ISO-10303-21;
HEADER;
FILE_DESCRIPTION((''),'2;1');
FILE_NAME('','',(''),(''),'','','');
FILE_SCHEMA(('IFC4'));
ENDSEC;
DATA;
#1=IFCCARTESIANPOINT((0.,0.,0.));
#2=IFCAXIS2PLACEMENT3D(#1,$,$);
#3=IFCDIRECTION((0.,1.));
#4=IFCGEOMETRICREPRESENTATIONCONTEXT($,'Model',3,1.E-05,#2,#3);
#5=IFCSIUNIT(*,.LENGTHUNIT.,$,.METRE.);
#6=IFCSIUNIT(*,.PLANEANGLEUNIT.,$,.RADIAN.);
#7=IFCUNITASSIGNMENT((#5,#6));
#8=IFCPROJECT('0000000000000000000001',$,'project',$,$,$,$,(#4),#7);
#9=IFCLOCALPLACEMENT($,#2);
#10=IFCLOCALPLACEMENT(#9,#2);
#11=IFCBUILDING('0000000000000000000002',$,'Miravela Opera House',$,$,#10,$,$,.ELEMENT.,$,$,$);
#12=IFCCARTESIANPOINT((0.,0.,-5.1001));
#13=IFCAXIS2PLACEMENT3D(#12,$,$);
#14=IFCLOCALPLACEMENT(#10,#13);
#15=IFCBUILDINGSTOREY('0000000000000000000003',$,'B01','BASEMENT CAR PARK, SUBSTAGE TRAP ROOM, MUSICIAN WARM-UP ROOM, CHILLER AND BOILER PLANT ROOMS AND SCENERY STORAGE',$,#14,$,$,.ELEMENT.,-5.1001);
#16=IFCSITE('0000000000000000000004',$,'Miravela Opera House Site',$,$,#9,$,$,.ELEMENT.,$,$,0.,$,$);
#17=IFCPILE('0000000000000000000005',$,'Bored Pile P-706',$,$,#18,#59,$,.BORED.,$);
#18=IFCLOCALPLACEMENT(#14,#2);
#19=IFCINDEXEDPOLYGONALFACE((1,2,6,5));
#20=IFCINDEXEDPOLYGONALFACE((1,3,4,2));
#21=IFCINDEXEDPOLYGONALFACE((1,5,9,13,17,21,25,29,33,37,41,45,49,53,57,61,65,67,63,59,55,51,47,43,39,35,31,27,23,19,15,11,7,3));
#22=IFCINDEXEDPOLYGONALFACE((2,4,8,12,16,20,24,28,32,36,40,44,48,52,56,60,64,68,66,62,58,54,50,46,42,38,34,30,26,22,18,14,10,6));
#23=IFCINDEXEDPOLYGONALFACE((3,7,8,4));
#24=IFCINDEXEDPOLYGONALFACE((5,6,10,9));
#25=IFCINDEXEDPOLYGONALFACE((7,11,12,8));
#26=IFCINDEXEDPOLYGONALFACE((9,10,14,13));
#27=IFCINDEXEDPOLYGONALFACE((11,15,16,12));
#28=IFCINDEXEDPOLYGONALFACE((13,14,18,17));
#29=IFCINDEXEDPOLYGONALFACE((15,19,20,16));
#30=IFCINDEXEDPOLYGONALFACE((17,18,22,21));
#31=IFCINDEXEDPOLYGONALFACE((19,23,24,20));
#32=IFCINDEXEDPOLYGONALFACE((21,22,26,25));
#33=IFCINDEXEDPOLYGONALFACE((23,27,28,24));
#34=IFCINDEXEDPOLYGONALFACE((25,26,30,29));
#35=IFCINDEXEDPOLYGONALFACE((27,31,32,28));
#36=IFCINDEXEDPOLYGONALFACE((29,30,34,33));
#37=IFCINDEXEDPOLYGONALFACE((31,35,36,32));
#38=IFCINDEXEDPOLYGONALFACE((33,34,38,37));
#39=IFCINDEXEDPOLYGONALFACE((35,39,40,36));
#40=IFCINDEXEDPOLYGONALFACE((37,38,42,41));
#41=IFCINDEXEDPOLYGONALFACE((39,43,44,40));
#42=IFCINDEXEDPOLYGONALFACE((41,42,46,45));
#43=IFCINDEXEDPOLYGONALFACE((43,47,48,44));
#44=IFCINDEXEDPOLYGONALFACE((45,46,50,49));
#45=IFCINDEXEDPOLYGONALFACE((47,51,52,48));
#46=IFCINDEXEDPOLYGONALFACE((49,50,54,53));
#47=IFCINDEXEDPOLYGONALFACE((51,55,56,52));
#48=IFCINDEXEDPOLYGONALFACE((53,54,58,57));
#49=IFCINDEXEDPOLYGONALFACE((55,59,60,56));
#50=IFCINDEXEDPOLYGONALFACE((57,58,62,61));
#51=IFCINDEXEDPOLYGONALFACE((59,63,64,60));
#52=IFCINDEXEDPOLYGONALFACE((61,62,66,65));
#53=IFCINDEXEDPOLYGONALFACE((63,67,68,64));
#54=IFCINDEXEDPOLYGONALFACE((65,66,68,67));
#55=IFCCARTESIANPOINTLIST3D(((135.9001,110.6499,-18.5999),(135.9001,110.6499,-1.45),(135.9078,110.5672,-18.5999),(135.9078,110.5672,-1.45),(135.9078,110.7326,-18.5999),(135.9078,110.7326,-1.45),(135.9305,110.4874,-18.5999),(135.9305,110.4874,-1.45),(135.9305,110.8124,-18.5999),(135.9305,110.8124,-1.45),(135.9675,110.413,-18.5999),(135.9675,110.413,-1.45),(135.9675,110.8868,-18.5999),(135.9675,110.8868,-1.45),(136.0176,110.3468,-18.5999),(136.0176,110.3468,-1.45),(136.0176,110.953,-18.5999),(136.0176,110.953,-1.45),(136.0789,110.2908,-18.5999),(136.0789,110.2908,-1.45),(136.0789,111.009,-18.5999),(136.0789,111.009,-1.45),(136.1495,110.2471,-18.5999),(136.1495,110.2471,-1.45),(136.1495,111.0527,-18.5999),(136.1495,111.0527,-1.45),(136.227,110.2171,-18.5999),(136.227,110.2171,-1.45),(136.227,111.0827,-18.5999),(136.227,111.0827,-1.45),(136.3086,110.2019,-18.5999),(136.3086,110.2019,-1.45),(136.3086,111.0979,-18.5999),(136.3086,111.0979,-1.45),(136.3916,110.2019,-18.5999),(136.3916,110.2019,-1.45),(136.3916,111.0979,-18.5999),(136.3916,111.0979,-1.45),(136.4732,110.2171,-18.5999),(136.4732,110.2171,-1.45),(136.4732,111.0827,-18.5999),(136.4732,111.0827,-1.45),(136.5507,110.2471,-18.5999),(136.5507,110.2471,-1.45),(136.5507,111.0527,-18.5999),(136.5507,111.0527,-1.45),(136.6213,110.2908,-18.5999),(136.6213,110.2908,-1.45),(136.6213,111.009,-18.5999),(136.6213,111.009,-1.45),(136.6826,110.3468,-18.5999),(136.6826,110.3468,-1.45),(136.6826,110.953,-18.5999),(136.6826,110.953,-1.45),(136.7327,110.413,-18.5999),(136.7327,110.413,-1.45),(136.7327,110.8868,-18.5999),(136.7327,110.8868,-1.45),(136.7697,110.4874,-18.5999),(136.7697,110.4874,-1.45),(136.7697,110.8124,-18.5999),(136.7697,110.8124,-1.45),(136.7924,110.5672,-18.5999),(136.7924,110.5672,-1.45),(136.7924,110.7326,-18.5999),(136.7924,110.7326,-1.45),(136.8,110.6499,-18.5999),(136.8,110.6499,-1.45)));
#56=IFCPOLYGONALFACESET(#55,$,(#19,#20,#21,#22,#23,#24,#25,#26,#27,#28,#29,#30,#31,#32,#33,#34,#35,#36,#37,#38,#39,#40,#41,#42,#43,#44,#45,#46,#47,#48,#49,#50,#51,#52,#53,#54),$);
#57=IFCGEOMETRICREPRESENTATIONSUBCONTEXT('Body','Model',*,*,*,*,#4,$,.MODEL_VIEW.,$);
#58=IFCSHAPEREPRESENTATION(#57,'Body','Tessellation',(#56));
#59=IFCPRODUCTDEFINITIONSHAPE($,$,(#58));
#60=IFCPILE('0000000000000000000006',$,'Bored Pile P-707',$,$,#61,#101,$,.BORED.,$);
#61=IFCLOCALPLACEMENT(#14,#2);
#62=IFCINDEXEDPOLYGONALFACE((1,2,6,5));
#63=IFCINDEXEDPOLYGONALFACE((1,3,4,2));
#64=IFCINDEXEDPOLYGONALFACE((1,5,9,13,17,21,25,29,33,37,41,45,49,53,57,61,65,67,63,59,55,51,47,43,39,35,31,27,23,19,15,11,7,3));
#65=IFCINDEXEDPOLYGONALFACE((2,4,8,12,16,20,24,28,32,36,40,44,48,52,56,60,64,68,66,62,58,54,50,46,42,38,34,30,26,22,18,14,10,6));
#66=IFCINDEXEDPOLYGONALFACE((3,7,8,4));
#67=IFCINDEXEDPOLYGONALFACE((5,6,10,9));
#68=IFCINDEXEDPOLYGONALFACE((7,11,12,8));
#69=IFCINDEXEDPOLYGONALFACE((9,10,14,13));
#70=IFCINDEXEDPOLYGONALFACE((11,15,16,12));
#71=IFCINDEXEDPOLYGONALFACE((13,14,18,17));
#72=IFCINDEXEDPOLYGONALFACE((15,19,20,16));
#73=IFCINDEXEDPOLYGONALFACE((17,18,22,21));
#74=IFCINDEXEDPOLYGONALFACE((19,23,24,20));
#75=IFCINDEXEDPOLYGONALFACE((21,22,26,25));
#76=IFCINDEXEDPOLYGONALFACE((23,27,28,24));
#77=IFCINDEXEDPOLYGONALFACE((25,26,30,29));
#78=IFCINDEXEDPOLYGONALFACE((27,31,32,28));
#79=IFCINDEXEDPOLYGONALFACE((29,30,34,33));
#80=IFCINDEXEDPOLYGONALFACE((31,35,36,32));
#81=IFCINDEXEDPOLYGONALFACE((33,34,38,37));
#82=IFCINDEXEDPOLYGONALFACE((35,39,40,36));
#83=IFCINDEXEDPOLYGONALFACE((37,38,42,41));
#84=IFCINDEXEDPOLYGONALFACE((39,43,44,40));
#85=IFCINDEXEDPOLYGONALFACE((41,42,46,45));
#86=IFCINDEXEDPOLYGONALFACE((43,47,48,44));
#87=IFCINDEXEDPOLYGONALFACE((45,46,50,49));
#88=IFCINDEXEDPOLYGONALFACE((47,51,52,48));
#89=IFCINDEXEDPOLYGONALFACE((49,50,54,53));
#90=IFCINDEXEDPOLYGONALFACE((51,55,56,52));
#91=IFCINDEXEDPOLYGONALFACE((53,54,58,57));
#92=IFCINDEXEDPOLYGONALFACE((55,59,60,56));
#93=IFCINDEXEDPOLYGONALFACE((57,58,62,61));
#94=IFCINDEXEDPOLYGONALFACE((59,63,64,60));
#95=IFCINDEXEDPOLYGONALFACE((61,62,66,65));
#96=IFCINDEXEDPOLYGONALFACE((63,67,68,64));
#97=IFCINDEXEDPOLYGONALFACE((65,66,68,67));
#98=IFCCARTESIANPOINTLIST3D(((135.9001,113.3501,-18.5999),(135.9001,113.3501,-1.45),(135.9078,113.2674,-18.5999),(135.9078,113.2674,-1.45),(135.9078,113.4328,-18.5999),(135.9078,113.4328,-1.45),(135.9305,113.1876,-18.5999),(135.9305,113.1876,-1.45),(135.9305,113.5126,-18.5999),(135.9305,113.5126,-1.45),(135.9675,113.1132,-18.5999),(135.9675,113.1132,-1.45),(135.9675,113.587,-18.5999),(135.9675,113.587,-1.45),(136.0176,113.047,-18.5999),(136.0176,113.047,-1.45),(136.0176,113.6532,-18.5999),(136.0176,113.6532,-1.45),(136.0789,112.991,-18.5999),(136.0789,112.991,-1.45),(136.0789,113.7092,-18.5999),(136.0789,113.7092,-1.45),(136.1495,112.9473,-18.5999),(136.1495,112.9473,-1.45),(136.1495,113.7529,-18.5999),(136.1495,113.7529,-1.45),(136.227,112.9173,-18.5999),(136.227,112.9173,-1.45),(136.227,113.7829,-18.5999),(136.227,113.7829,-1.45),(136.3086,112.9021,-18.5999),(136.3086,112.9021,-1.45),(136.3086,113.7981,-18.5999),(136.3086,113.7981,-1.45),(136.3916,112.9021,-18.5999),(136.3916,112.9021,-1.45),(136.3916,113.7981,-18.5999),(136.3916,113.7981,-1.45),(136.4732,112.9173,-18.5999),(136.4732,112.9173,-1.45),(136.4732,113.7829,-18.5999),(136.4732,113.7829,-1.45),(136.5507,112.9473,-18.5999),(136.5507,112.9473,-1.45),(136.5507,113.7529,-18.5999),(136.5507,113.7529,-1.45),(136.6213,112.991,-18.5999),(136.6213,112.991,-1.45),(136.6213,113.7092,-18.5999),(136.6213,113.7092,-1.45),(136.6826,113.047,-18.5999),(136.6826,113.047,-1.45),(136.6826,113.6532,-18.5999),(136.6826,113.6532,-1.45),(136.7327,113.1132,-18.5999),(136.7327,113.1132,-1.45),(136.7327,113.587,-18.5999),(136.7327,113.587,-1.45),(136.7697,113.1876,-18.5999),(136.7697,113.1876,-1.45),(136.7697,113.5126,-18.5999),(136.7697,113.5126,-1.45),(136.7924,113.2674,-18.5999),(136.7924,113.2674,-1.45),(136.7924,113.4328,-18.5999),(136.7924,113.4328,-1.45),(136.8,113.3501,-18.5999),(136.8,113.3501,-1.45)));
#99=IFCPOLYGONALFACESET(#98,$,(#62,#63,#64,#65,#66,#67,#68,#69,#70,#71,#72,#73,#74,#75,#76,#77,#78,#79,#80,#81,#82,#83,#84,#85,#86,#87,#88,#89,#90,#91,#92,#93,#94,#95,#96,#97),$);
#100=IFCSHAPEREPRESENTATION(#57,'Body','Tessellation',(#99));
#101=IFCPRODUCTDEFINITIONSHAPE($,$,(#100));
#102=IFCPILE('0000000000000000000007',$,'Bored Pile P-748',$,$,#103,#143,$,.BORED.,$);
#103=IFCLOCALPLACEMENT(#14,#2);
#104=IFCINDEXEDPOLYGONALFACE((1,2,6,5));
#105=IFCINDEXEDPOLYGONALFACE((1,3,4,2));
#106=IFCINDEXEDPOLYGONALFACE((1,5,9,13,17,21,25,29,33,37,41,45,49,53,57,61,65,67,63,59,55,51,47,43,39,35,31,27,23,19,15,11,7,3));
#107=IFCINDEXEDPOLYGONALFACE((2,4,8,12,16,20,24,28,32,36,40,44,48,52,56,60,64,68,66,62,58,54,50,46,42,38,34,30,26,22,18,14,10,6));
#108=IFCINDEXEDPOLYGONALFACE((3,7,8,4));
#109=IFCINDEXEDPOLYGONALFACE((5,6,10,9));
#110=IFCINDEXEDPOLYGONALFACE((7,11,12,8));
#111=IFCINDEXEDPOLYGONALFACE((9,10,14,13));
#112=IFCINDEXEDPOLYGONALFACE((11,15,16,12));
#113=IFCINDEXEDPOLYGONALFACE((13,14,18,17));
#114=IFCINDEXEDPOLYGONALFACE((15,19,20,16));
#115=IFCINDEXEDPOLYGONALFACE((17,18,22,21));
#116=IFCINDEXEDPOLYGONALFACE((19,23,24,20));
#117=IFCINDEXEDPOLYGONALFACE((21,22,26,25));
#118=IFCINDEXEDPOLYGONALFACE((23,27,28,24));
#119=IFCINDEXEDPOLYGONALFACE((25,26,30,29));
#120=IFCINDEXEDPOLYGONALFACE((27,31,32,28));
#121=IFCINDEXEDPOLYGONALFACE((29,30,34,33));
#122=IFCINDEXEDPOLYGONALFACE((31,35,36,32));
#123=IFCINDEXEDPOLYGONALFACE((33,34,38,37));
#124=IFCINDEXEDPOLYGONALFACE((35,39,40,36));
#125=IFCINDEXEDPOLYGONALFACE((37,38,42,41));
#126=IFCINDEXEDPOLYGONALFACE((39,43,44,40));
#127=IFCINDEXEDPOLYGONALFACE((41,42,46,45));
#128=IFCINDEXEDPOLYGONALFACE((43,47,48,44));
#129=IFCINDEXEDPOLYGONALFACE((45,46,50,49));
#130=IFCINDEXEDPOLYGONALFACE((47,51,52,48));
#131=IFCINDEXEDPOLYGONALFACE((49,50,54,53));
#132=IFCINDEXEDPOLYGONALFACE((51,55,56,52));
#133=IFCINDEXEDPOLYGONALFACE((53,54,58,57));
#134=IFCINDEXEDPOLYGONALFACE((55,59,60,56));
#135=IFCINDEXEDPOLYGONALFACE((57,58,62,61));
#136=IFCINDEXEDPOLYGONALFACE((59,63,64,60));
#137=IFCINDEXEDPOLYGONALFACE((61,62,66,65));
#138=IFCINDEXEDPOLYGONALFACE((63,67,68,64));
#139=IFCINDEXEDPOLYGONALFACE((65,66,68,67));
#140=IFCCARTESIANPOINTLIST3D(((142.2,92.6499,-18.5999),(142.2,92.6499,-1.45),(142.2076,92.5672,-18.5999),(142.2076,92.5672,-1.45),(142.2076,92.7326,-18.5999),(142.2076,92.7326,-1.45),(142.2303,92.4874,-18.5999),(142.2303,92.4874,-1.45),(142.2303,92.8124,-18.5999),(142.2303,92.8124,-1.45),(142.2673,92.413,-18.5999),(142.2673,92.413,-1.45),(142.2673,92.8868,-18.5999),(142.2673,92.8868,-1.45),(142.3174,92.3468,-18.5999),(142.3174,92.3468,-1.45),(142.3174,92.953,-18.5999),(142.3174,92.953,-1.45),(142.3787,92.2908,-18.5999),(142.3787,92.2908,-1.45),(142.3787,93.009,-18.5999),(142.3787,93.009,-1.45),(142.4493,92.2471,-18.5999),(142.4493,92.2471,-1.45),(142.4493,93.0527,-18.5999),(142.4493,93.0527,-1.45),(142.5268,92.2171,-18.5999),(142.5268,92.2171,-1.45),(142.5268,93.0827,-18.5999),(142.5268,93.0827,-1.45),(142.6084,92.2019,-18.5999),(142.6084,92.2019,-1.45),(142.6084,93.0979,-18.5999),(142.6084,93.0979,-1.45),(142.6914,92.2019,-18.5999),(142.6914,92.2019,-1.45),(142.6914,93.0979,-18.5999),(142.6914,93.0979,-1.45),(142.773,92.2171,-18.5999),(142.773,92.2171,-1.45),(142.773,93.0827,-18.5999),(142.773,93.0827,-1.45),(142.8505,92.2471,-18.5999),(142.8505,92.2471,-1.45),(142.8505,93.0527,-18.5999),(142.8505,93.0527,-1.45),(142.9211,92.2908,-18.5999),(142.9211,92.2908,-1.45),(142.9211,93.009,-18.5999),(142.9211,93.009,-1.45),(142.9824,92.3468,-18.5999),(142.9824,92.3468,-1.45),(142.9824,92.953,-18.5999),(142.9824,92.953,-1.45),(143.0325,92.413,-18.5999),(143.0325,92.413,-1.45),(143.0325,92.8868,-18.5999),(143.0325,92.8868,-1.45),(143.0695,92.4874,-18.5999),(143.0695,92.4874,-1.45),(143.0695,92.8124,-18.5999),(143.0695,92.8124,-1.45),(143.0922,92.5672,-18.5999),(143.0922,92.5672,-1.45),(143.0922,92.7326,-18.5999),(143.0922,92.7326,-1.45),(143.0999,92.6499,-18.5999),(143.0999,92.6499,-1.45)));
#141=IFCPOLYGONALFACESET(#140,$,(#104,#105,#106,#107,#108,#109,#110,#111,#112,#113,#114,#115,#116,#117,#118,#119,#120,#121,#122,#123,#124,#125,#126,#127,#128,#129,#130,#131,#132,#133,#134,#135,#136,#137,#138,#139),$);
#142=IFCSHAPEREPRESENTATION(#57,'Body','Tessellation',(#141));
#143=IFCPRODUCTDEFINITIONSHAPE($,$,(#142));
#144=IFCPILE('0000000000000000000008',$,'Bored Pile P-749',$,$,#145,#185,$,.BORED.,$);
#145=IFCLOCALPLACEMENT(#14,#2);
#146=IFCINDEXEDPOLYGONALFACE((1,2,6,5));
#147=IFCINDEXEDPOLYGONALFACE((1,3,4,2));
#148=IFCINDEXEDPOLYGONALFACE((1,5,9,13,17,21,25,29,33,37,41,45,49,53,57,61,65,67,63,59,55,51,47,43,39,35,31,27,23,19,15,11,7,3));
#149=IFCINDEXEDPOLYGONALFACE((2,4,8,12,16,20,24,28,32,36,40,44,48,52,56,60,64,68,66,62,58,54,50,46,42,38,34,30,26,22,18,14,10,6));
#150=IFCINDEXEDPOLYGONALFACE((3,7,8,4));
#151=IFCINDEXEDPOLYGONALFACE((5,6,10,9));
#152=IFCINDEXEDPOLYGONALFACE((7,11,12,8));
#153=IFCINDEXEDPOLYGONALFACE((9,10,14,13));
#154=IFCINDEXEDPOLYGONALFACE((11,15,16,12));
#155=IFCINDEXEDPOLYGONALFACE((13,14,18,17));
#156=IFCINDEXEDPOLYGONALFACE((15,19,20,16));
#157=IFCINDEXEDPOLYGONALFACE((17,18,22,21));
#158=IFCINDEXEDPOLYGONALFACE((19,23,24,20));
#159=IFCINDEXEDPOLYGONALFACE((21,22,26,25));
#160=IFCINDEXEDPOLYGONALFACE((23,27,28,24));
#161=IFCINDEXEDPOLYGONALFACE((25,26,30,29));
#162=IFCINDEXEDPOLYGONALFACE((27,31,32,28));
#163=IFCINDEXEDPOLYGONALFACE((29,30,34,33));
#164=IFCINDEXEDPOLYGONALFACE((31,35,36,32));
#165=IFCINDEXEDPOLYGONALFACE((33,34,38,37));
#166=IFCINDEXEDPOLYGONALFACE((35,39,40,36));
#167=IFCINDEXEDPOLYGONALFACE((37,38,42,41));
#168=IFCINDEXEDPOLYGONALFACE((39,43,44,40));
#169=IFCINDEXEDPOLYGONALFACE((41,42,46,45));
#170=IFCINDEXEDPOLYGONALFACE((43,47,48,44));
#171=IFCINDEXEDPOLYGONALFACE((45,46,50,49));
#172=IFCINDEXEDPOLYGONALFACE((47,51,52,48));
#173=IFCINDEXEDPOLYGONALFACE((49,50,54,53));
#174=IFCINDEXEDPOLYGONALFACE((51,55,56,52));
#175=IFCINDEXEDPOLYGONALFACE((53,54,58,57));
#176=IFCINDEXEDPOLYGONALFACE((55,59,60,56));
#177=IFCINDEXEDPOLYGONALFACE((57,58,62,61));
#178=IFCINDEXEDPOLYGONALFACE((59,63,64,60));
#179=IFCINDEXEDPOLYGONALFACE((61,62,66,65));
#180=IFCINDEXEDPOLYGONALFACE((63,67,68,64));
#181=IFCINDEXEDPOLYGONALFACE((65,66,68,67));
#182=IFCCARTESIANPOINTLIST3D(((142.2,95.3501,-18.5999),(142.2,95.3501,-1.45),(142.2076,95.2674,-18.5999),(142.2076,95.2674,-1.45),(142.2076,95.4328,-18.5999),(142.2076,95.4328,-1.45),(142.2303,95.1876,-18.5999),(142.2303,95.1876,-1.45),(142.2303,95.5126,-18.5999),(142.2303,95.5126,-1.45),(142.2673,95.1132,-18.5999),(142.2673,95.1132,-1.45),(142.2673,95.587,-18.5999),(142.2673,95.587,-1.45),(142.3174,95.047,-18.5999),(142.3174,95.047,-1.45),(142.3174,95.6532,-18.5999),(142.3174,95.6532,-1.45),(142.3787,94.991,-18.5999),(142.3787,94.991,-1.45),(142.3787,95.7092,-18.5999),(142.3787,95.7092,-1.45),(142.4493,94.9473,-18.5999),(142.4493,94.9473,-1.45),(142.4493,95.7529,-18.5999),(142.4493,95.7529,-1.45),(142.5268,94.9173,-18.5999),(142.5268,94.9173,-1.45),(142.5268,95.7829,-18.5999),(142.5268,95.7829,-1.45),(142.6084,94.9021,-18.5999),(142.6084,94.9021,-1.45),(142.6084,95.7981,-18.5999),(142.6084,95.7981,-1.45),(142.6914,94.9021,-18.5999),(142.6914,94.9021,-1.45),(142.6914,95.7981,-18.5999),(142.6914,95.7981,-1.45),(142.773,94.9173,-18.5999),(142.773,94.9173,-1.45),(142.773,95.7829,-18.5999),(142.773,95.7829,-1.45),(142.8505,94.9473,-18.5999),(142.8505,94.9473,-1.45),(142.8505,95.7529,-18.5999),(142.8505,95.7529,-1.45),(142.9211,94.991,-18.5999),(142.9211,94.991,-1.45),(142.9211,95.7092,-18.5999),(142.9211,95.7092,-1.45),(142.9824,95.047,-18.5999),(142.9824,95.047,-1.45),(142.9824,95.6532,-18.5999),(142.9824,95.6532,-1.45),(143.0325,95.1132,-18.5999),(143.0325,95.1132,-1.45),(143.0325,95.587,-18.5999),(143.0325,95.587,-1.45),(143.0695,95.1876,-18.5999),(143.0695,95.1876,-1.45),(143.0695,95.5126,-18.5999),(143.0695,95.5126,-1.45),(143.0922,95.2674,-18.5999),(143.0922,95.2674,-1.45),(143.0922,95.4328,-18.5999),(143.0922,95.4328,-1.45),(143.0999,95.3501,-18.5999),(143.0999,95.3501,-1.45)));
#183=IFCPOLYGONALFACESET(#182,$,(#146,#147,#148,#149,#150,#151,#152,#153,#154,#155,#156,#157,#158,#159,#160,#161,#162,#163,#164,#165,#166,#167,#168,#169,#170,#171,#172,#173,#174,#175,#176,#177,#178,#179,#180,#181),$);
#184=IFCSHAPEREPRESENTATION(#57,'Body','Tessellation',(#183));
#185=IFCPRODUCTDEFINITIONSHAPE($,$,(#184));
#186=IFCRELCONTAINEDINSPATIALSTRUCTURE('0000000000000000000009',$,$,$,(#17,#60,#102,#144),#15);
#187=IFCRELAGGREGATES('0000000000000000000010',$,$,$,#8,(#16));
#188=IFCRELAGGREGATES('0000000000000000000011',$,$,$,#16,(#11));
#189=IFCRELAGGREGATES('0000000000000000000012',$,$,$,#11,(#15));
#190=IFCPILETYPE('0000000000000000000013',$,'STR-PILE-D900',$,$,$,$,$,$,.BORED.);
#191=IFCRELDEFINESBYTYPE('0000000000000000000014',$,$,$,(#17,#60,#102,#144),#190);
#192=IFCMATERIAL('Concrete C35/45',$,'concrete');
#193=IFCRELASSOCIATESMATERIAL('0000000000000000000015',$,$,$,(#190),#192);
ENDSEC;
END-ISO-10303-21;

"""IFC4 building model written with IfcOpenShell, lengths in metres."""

from ifc_helpers import new_model, si_unit, direction, frame, origin, origin_2d, place, context, subcontext, project, spatial, circle, extrude, material, material_profile, profile_set, type_object, element, save


model = new_model("IFC4")

# Units and contexts
model_context = context("Model", 3, precision=1e-05, world=origin(), true_north=direction((0.0, 1.0)))
body_context = subcontext(model_context, "Body", "Model", "MODEL_VIEW")
ifc_project = project(units=[si_unit("LENGTHUNIT", "METRE"), si_unit("PLANEANGLEUNIT", "RADIAN")], contexts=[model_context])

# Site, building, storey
site_placement = place(None, origin())
site = spatial("IfcSite", under=ifc_project, at=site_placement, Name="Miravela Opera House Site", CompositionType="ELEMENT", RefElevation=0.0)
building_placement = place(site_placement, origin())
building = spatial("IfcBuilding", under=site, at=building_placement, Name="Miravela Opera House", CompositionType="ELEMENT")
storey_placement = place(building_placement, frame((0.0, 0.0, -5.1001)))
storey = spatial("IfcBuildingStorey", under=building, at=storey_placement, Name="B01", Description="BASEMENT CAR PARK, SUBSTAGE TRAP ROOM, MUSICIAN WARM-UP ROOM, CHILLER AND BOILER PLANT ROOMS AND SCENERY STORAGE", CompositionType="ELEMENT", Elevation=-5.1001)

# Shared definitions
ifc_material_1 = material(Name="Concrete C35/45", Category="concrete")

# Piles
ifc_material_profile_1 = material_profile(ifc_material_1, circle(Radius=0.45, at=origin_2d()), Name="PILE-D900")
ifc_profile_set_1 = profile_set([ifc_material_profile_1])
pile_type = type_object("IfcPileType", Name="STR-PILE-D900", PredefinedType="BORED", material=ifc_profile_set_1)
for number, where, z_axis, x_axis, name in (
    (1, (136.3501, 110.6499, -1.45), (0.0, 0.0, -1.0), (1.0, 0.0, 0.0), "Bored Pile P-706"),
    (2, (136.3501, 113.3501, -1.45), (0.0, 0.0, -1.0), (1.0, 0.0, 0.0), "Bored Pile P-707"),
    (3, (142.6499, 92.6499, -1.45), (0.0, 0.0, -1.0), (1.0, 0.0, 0.0), "Bored Pile P-748"),
    (4, (142.6499, 95.3501, -1.45), (0.0, 0.0, -1.0), (1.0, 0.0, 0.0), "Bored Pile P-749"),
):
    element("IfcPile", number, at=place(storey_placement, frame(where, z_axis=z_axis, x_axis=x_axis)), inside=storey, type_object=pile_type, Name=name, PredefinedType="BORED", context=body_context, shape_type="SweptSolid", body=[
        extrude(circle(Radius=0.45, at=origin_2d()), origin(), (0.0, 0.0, 1.0), 17.1499),
    ])

save(model, "model.ifc")
